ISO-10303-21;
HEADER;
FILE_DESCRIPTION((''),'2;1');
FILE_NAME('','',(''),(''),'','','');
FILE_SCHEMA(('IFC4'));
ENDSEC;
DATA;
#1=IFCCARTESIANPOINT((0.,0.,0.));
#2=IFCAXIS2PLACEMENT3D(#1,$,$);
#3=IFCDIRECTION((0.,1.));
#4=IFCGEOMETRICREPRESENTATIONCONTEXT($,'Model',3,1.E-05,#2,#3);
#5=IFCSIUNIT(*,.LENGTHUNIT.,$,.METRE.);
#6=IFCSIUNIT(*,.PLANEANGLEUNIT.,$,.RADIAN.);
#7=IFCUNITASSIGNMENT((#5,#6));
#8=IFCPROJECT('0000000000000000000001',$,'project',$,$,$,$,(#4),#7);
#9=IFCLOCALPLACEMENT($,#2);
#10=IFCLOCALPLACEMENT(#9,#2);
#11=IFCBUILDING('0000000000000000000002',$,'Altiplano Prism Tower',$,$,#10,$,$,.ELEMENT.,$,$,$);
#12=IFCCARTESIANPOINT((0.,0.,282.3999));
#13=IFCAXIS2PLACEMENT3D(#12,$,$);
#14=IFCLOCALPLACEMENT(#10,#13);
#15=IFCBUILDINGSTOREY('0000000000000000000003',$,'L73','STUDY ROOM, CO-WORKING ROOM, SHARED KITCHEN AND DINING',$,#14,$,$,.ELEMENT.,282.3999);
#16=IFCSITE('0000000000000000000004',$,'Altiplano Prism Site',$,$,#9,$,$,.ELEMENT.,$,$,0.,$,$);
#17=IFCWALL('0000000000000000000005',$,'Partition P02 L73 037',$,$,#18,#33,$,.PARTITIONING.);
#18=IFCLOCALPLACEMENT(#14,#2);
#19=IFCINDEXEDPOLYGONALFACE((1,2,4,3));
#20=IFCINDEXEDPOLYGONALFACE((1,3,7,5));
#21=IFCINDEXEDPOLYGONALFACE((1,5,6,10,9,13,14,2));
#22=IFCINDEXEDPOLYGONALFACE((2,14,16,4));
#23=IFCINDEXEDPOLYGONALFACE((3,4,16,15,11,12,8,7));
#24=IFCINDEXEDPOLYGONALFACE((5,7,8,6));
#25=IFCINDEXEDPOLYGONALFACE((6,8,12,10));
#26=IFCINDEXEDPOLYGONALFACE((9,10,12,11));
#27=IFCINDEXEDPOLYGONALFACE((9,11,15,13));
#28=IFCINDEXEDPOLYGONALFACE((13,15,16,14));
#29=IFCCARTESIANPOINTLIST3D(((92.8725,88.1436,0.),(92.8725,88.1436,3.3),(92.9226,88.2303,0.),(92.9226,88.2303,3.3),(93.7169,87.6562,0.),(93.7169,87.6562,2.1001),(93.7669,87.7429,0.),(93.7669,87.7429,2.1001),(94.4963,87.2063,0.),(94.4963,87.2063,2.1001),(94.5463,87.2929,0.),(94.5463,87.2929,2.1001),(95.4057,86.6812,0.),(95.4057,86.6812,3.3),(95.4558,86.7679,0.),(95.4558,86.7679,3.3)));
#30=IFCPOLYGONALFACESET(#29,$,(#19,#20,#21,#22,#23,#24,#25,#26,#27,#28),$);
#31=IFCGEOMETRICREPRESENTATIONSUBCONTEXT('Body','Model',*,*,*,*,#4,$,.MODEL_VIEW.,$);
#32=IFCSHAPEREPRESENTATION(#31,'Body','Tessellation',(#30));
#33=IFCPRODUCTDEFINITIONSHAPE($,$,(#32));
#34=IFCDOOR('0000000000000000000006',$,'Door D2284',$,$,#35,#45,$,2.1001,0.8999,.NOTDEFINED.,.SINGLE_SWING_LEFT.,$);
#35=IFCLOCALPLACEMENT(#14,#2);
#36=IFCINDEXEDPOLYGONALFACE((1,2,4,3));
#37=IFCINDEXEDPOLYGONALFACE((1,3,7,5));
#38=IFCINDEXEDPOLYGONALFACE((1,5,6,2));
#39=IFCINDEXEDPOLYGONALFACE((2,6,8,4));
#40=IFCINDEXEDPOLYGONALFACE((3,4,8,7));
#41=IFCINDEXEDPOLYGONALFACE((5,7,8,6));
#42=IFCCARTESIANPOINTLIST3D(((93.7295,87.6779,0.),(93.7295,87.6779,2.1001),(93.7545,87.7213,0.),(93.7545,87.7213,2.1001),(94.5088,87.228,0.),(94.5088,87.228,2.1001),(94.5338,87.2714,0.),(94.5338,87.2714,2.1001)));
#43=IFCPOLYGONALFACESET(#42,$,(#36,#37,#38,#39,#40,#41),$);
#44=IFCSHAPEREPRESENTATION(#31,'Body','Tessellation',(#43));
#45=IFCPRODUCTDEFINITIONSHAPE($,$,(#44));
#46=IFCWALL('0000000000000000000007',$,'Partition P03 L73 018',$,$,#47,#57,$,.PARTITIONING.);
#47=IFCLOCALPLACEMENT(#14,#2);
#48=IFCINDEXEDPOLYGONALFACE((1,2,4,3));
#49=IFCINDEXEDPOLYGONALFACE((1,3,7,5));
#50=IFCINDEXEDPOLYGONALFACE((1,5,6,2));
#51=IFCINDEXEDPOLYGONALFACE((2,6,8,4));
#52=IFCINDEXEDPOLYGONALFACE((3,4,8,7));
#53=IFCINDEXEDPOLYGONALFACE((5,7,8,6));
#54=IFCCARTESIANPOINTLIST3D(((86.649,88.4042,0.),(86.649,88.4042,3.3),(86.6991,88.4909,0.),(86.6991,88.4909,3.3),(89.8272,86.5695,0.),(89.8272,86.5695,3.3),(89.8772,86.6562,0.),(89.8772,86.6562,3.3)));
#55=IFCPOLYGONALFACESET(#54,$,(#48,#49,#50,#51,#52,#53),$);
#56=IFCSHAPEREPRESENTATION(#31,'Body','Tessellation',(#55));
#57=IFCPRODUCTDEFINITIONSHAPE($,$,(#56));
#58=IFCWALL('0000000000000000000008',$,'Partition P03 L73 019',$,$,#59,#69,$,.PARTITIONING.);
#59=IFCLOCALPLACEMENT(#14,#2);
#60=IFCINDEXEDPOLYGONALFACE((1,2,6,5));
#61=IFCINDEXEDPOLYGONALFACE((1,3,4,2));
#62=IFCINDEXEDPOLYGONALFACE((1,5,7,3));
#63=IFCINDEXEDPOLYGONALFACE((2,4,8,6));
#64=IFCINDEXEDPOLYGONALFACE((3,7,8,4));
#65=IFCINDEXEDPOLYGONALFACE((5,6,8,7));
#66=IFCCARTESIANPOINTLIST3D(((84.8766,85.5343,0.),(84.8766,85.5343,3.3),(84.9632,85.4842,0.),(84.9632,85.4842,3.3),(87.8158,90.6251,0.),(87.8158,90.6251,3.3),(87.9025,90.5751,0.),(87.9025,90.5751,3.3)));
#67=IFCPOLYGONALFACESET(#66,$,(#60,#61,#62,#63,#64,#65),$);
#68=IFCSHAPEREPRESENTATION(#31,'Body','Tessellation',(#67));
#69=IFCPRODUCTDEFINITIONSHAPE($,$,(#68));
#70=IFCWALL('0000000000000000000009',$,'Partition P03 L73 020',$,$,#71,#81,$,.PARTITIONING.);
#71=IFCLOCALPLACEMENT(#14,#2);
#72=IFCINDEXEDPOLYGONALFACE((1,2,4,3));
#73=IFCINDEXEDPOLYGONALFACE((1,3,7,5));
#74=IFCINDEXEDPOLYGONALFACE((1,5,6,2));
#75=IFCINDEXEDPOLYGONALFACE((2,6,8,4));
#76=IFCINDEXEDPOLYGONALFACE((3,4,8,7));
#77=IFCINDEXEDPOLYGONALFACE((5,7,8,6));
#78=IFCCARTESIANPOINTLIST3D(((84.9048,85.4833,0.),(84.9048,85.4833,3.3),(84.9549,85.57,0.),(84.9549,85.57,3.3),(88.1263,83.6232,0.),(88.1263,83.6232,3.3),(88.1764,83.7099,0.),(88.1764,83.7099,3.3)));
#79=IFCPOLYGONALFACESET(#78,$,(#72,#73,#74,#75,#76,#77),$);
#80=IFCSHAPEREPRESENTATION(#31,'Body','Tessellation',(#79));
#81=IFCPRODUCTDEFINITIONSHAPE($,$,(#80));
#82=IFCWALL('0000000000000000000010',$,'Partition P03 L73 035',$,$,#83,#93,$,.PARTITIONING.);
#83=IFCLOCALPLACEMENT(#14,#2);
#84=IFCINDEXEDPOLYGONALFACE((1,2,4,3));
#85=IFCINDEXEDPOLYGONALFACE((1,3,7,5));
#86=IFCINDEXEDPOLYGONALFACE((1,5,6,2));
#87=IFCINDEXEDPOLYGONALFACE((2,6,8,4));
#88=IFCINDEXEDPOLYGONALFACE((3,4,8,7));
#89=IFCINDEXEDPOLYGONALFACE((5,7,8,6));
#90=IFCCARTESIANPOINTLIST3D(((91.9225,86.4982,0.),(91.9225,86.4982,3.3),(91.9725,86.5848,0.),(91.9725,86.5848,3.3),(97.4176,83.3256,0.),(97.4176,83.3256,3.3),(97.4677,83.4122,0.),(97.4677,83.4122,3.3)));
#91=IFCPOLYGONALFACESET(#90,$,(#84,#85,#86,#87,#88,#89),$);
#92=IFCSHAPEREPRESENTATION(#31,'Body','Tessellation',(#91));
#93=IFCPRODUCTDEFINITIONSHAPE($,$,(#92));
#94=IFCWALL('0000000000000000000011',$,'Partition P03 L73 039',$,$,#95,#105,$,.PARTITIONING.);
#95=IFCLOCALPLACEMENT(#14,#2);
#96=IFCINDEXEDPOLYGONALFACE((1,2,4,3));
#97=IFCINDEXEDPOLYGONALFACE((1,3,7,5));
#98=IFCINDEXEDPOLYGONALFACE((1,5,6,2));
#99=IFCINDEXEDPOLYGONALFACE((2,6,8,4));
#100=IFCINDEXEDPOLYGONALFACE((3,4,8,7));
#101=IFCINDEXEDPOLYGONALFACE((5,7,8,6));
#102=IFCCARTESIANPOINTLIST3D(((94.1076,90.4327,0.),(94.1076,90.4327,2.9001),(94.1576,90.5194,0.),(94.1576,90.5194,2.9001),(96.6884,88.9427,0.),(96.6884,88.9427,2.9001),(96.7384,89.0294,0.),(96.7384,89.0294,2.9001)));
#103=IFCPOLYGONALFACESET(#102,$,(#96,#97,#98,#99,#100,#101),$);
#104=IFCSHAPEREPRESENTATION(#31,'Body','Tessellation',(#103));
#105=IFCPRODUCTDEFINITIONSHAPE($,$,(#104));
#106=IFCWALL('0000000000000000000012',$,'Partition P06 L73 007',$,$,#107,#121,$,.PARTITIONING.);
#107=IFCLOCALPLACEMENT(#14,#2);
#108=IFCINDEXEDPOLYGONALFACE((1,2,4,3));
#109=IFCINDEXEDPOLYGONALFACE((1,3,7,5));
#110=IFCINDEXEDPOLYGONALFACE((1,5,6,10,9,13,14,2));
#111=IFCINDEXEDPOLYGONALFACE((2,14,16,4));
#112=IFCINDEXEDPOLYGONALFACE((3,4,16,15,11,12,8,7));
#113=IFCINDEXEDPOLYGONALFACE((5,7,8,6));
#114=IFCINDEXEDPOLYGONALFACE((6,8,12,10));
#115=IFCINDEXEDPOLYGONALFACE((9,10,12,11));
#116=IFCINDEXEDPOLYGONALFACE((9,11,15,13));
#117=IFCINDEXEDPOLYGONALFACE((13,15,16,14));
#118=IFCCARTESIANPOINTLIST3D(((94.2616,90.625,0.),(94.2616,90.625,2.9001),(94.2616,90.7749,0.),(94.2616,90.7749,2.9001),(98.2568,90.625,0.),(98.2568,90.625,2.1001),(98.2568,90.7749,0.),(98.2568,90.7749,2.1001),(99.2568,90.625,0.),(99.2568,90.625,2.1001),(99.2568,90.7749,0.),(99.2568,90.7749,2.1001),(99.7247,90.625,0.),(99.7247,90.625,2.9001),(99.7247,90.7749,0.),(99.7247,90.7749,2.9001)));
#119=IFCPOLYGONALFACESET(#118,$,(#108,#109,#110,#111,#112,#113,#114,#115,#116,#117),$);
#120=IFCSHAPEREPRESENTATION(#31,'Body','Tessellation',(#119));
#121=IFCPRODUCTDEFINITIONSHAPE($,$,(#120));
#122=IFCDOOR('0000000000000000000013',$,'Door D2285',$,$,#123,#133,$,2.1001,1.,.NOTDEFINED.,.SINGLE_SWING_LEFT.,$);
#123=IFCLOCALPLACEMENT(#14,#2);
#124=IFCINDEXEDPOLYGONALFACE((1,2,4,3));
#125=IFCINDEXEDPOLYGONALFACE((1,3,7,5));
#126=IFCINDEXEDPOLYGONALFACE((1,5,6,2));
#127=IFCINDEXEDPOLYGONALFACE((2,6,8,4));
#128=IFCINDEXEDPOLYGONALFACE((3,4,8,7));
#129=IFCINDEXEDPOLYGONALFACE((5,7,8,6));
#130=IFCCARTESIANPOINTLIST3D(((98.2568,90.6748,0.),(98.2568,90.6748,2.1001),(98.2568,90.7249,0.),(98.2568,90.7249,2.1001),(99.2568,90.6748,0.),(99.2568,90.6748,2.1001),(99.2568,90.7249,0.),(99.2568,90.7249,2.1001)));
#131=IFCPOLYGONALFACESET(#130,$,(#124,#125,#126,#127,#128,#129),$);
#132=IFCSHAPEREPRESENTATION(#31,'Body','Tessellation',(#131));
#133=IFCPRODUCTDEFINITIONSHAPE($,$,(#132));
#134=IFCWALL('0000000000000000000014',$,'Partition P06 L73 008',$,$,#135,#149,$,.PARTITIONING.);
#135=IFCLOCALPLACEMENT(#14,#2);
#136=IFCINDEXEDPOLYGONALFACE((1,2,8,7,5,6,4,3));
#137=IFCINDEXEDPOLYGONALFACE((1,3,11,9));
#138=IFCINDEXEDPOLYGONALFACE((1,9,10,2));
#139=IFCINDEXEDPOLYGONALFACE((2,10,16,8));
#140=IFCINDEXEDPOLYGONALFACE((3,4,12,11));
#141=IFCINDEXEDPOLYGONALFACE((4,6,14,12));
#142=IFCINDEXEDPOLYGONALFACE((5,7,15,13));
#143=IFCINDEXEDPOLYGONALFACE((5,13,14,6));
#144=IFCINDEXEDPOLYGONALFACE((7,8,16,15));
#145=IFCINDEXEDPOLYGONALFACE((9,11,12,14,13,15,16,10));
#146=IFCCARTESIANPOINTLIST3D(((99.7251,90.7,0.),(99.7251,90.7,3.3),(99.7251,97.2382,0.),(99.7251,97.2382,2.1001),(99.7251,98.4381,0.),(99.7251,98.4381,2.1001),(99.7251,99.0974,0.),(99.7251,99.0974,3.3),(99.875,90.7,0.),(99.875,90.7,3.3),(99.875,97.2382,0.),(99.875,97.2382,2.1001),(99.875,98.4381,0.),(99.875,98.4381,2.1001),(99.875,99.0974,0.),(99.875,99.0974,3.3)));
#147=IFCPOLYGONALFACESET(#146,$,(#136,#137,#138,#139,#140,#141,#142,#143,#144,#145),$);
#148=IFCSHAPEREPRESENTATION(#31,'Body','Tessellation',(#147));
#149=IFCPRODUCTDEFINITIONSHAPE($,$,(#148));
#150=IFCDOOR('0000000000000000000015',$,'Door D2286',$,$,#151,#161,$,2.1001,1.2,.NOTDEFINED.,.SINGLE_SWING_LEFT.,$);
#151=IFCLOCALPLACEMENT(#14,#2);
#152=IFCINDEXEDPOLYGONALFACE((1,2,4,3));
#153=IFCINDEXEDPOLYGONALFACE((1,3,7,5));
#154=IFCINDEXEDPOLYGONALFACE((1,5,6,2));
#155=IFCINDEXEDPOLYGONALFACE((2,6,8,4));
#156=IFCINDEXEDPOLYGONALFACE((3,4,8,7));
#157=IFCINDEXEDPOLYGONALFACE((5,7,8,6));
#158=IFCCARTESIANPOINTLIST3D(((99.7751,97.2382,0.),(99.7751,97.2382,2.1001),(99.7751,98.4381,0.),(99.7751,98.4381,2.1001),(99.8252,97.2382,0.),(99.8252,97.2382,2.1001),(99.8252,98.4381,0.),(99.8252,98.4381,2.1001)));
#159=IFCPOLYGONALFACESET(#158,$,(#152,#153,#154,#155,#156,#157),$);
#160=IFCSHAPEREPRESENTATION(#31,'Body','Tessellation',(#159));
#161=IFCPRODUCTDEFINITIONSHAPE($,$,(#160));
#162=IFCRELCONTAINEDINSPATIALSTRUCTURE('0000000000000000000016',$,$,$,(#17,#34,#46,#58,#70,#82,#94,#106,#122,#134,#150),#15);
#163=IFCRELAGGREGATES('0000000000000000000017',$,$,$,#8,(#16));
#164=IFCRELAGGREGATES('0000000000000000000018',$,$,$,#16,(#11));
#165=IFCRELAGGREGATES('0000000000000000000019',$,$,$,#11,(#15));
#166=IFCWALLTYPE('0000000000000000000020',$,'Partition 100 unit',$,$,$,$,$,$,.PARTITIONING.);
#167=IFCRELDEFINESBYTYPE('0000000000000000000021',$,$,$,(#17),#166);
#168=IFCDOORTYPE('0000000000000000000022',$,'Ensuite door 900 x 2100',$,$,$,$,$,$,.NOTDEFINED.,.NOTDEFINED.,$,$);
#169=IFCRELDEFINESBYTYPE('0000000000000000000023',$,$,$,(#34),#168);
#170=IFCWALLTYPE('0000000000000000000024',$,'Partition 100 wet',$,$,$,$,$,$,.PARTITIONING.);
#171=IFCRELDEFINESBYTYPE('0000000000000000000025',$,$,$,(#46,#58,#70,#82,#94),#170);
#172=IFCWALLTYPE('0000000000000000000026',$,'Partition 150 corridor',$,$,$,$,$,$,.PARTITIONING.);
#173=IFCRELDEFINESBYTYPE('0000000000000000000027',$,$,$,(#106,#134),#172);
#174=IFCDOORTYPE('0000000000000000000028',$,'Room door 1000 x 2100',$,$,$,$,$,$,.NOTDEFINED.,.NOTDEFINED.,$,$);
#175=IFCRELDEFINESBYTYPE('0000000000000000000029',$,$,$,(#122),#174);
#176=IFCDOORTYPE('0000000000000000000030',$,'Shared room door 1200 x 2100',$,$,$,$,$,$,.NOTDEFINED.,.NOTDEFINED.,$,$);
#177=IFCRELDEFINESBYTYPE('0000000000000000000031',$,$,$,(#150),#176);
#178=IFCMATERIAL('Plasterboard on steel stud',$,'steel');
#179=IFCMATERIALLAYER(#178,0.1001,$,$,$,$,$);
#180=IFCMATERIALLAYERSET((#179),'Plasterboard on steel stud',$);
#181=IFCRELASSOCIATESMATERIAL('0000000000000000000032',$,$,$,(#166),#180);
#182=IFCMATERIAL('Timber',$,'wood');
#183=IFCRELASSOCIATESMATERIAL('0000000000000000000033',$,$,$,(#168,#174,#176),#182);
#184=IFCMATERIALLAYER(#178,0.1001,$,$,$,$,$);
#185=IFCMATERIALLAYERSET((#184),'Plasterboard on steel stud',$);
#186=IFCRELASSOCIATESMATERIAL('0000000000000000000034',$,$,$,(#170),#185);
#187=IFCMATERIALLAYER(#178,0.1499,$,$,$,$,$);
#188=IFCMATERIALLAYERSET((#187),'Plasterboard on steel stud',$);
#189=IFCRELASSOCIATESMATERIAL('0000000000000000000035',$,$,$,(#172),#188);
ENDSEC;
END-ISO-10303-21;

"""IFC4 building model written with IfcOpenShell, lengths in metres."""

from ifc_helpers import new_model, si_unit, direction, frame, frame_2d, origin, place, context, subcontext, project, spatial, rectangle, extrude, material, layer, layer_set, type_object, element, fill, save


model = new_model("IFC4")

# Units and contexts
model_context = context("Model", 3, precision=1e-05, world=origin(), true_north=direction((0.0, 1.0)))
body_context = subcontext(model_context, "Body", "Model", "MODEL_VIEW")
ifc_project = project(units=[si_unit("LENGTHUNIT", "METRE"), si_unit("PLANEANGLEUNIT", "RADIAN")], contexts=[model_context])

# Site, building, storey
site_placement = place(None, origin())
site = spatial("IfcSite", under=ifc_project, at=site_placement, Name="Altiplano Prism Site", CompositionType="ELEMENT", RefElevation=0.0)
building_placement = place(site_placement, origin())
building = spatial("IfcBuilding", under=site, at=building_placement, Name="Altiplano Prism Tower", CompositionType="ELEMENT")
storey_placement = place(building_placement, frame((0.0, 0.0, 282.3999)))
storey = spatial("IfcBuildingStorey", under=building, at=storey_placement, Name="L73", Description="STUDY ROOM, CO-WORKING ROOM, SHARED KITCHEN AND DINING", CompositionType="ELEMENT", Elevation=282.3999)

# Shared definitions
ifc_material_1 = material(Name="Plasterboard on steel stud", Category="steel")
ifc_layer_1 = layer(ifc_material_1, 0.1001)
ifc_layer_set_1 = layer_set([ifc_layer_1], Name="Plasterboard on steel stud")
wall_type_1 = type_object("IfcWallType", Name="Partition 100 unit", PredefinedType="PARTITIONING", material=ifc_layer_set_1)

# Wall, opening, door
wall_1_placement = place(storey_placement, frame((95.4307, 86.7246, 0.0), z_axis=(0.0, 0.0, 1.0), x_axis=(-0.866047, 0.499963, 0.0)))
wall_1 = element("IfcWall", 1, at=wall_1_placement, inside=storey, type_object=wall_type_1, Name="Partition P02 L73 037", PredefinedType="PARTITIONING", context=body_context, shape_type="SweptSolid", body=[
    extrude(rectangle(XDim=2.925, YDim=0.1001, at=frame_2d((1.4624, 0.0))), origin(), (0.0, 0.0, 1.0), 3.3),
])
opening_1_placement = place(wall_1_placement, frame((1.05, 0.0, 0.0)))
opening_1 = element("IfcOpeningElement", 2, at=opening_1_placement, cuts=wall_1, PredefinedType="OPENING", context=body_context, shape_type="SweptSolid", body=[
    extrude(rectangle(XDim=0.8999, YDim=2.1001, at=frame_2d((0.45, 1.05))), frame((0.0, 0.0605, 0.0), z_axis=(0.0, -1.0, 0.0), x_axis=(1.0, 0.0, 0.0)), (0.0, 0.0, 1.0), 0.1211),
])
ifc_material_2 = material(Name="Timber", Category="wood")
door_type_1 = type_object("IfcDoorType", Name="Ensuite door 900 x 2100", OperationType="NOTDEFINED", PredefinedType="NOTDEFINED", material=ifc_material_2)
door_1_placement = place(opening_1_placement, origin())
door_1 = element("IfcDoor", 3, at=door_1_placement, inside=storey, type_object=door_type_1, Name="Door D2284", OperationType="SINGLE_SWING_LEFT", OverallHeight=2.1001, OverallWidth=0.8999, PredefinedType="NOTDEFINED", context=body_context, shape_type="SweptSolid", body=[
    extrude(rectangle(XDim=0.8999, YDim=2.1001, at=frame_2d((0.45, 1.05))), frame((0.0, 0.0249, 0.0), z_axis=(0.0, -1.0, 0.0), x_axis=(1.0, 0.0, 0.0)), (0.0, 0.0, 1.0), 0.05),
])
fill(opening_1, door_1)

# Walls
ifc_layer_2 = layer(ifc_material_1, 0.1001)
ifc_layer_set_2 = layer_set([ifc_layer_2], Name="Plasterboard on steel stud")
wall_type_2 = type_object("IfcWallType", Name="Partition 100 wet", PredefinedType="PARTITIONING", material=ifc_layer_set_2)
wall_2_placement = place(storey_placement, frame((89.8523, 86.6128, 0.0), z_axis=(0.0, 0.0, 1.0), x_axis=(-0.866053, 0.499953, 0.0)))
element("IfcWall", 4, at=wall_2_placement, inside=storey, type_object=wall_type_2, Name="Partition P03 L73 018", PredefinedType="PARTITIONING", context=body_context, shape_type="SweptSolid", body=[
    extrude(rectangle(XDim=3.6697, YDim=0.1001, at=frame_2d((1.835, 0.0))), origin(), (0.0, 0.0, 1.0), 3.3),
])
wall_3_placement = place(storey_placement, frame((87.8591, 90.6001, 0.0), z_axis=(0.0, 0.0, 1.0), x_axis=(-0.500003, -0.866024, 0.0)))
element("IfcWall", 5, at=wall_3_placement, inside=storey, type_object=wall_type_2, Name="Partition P03 L73 019", PredefinedType="PARTITIONING", context=body_context, shape_type="SweptSolid", body=[
    extrude(rectangle(XDim=5.8784, YDim=0.1001, at=frame_2d((2.9392, 0.0))), origin(), (0.0, 0.0, 1.0), 3.3),
])
wall_4_placement = place(storey_placement, frame((84.9299, 85.5266, 0.0), z_axis=(0.0, 0.0, 1.0), x_axis=(0.866001, -0.500042, 0.0)))
element("IfcWall", 6, at=wall_4_placement, inside=storey, type_object=wall_type_2, Name="Partition P03 L73 020", PredefinedType="PARTITIONING", context=body_context, shape_type="SweptSolid", body=[
    extrude(rectangle(XDim=3.72, YDim=0.1001, at=frame_2d((1.8599, 0.0))), origin(), (0.0, 0.0, 1.0), 3.3),
])
wall_5_placement = place(storey_placement, frame((97.4426, 83.3689, 0.0), z_axis=(0.0, 0.0, 1.0), x_axis=(-0.866025, 0.5, 0.0)))
element("IfcWall", 7, at=wall_5_placement, inside=storey, type_object=wall_type_2, Name="Partition P03 L73 035", PredefinedType="PARTITIONING", context=body_context, shape_type="SweptSolid", body=[
    extrude(rectangle(XDim=6.3452, YDim=0.1001, at=frame_2d((3.1726, 0.0))), origin(), (0.0, 0.0, 1.0), 3.3),
])
wall_6_placement = place(storey_placement, frame((96.7134, 88.9861, 0.0), z_axis=(0.0, 0.0, 1.0), x_axis=(-0.866031, 0.49999, 0.0)))
element("IfcWall", 8, at=wall_6_placement, inside=storey, type_object=wall_type_2, Name="Partition P03 L73 039", PredefinedType="PARTITIONING", context=body_context, shape_type="SweptSolid", body=[
    extrude(rectangle(XDim=2.98, YDim=0.1001, at=frame_2d((1.49, 0.0))), origin(), (0.0, 0.0, 1.0), 2.9001),
])

# Walls, openings, doors
ifc_layer_3 = layer(ifc_material_1, 0.1499)
ifc_layer_set_3 = layer_set([ifc_layer_3], Name="Plasterboard on steel stud")
wall_type_3 = type_object("IfcWallType", Name="Partition 150 corridor", PredefinedType="PARTITIONING", material=ifc_layer_set_3)
wall_7_placement = place(storey_placement, frame((94.2617, 90.7, 0.0), z_axis=(0.0, 0.0, 1.0), x_axis=(1.0, 0.0, 0.0)))
wall_7 = element("IfcWall", 9, at=wall_7_placement, inside=storey, type_object=wall_type_3, Name="Partition P06 L73 007", PredefinedType="PARTITIONING", context=body_context, shape_type="SweptSolid", body=[
    extrude(rectangle(XDim=5.4631, YDim=0.1499, at=frame_2d((2.7314, 0.0))), origin(), (0.0, 0.0, 1.0), 2.9001),
])
opening_2_placement = place(wall_7_placement, frame((3.9951, 0.0, 0.0)))
opening_2 = element("IfcOpeningElement", 10, at=opening_2_placement, cuts=wall_7, PredefinedType="OPENING", context=body_context, shape_type="SweptSolid", body=[
    extrude(rectangle(XDim=1.0, YDim=2.1001, at=frame_2d((0.5, 1.05))), frame((0.0, 0.0854, 0.0), z_axis=(0.0, -1.0, 0.0), x_axis=(1.0, 0.0, 0.0)), (0.0, 0.0, 1.0), 0.1709),
])
door_type_2 = type_object("IfcDoorType", Name="Room door 1000 x 2100", OperationType="NOTDEFINED", PredefinedType="NOTDEFINED", material=ifc_material_2)
door_2_placement = place(opening_2_placement, origin())
door_2 = element("IfcDoor", 11, at=door_2_placement, inside=storey, type_object=door_type_2, Name="Door D2285", OperationType="SINGLE_SWING_LEFT", OverallHeight=2.1001, OverallWidth=1.0, PredefinedType="NOTDEFINED", context=body_context, shape_type="SweptSolid", body=[
    extrude(rectangle(XDim=1.0, YDim=2.1001, at=frame_2d((0.5, 1.05))), frame((0.0, 0.0249, 0.0), z_axis=(0.0, -1.0, 0.0), x_axis=(1.0, 0.0, 0.0)), (0.0, 0.0, 1.0), 0.05),
])
fill(opening_2, door_2)
wall_8_placement = place(storey_placement, frame((99.8, 90.7, 0.0), z_axis=(0.0, 0.0, 1.0), x_axis=(0.0, 1.0, 0.0)))
wall_8 = element("IfcWall", 12, at=wall_8_placement, inside=storey, type_object=wall_type_3, Name="Partition P06 L73 008", PredefinedType="PARTITIONING", context=body_context, shape_type="SweptSolid", body=[
    extrude(rectangle(XDim=8.3975, YDim=0.1499, at=frame_2d((4.1987, 0.0))), origin(), (0.0, 0.0, 1.0), 3.3),
])
opening_3_placement = place(wall_8_placement, frame((6.5381, 0.0, 0.0)))
opening_3 = element("IfcOpeningElement", 13, at=opening_3_placement, cuts=wall_8, PredefinedType="OPENING", context=body_context, shape_type="SweptSolid", body=[
    extrude(rectangle(XDim=1.2, YDim=2.1001, at=frame_2d((0.6001, 1.05))), frame((0.0, 0.0854, 0.0), z_axis=(0.0, -1.0, 0.0), x_axis=(1.0, 0.0, 0.0)), (0.0, 0.0, 1.0), 0.1709),
])
door_type_3 = type_object("IfcDoorType", Name="Shared room door 1200 x 2100", OperationType="NOTDEFINED", PredefinedType="NOTDEFINED", material=ifc_material_2)
door_3_placement = place(opening_3_placement, origin())
door_3 = element("IfcDoor", 14, at=door_3_placement, inside=storey, type_object=door_type_3, Name="Door D2286", OperationType="SINGLE_SWING_LEFT", OverallHeight=2.1001, OverallWidth=1.2, PredefinedType="NOTDEFINED", context=body_context, shape_type="SweptSolid", body=[
    extrude(rectangle(XDim=1.2, YDim=2.1001, at=frame_2d((0.6001, 1.05))), frame((0.0, 0.0249, 0.0), z_axis=(0.0, -1.0, 0.0), x_axis=(1.0, 0.0, 0.0)), (0.0, 0.0, 1.0), 0.05),
])
fill(opening_3, door_3)

save(model, "model.ifc")
